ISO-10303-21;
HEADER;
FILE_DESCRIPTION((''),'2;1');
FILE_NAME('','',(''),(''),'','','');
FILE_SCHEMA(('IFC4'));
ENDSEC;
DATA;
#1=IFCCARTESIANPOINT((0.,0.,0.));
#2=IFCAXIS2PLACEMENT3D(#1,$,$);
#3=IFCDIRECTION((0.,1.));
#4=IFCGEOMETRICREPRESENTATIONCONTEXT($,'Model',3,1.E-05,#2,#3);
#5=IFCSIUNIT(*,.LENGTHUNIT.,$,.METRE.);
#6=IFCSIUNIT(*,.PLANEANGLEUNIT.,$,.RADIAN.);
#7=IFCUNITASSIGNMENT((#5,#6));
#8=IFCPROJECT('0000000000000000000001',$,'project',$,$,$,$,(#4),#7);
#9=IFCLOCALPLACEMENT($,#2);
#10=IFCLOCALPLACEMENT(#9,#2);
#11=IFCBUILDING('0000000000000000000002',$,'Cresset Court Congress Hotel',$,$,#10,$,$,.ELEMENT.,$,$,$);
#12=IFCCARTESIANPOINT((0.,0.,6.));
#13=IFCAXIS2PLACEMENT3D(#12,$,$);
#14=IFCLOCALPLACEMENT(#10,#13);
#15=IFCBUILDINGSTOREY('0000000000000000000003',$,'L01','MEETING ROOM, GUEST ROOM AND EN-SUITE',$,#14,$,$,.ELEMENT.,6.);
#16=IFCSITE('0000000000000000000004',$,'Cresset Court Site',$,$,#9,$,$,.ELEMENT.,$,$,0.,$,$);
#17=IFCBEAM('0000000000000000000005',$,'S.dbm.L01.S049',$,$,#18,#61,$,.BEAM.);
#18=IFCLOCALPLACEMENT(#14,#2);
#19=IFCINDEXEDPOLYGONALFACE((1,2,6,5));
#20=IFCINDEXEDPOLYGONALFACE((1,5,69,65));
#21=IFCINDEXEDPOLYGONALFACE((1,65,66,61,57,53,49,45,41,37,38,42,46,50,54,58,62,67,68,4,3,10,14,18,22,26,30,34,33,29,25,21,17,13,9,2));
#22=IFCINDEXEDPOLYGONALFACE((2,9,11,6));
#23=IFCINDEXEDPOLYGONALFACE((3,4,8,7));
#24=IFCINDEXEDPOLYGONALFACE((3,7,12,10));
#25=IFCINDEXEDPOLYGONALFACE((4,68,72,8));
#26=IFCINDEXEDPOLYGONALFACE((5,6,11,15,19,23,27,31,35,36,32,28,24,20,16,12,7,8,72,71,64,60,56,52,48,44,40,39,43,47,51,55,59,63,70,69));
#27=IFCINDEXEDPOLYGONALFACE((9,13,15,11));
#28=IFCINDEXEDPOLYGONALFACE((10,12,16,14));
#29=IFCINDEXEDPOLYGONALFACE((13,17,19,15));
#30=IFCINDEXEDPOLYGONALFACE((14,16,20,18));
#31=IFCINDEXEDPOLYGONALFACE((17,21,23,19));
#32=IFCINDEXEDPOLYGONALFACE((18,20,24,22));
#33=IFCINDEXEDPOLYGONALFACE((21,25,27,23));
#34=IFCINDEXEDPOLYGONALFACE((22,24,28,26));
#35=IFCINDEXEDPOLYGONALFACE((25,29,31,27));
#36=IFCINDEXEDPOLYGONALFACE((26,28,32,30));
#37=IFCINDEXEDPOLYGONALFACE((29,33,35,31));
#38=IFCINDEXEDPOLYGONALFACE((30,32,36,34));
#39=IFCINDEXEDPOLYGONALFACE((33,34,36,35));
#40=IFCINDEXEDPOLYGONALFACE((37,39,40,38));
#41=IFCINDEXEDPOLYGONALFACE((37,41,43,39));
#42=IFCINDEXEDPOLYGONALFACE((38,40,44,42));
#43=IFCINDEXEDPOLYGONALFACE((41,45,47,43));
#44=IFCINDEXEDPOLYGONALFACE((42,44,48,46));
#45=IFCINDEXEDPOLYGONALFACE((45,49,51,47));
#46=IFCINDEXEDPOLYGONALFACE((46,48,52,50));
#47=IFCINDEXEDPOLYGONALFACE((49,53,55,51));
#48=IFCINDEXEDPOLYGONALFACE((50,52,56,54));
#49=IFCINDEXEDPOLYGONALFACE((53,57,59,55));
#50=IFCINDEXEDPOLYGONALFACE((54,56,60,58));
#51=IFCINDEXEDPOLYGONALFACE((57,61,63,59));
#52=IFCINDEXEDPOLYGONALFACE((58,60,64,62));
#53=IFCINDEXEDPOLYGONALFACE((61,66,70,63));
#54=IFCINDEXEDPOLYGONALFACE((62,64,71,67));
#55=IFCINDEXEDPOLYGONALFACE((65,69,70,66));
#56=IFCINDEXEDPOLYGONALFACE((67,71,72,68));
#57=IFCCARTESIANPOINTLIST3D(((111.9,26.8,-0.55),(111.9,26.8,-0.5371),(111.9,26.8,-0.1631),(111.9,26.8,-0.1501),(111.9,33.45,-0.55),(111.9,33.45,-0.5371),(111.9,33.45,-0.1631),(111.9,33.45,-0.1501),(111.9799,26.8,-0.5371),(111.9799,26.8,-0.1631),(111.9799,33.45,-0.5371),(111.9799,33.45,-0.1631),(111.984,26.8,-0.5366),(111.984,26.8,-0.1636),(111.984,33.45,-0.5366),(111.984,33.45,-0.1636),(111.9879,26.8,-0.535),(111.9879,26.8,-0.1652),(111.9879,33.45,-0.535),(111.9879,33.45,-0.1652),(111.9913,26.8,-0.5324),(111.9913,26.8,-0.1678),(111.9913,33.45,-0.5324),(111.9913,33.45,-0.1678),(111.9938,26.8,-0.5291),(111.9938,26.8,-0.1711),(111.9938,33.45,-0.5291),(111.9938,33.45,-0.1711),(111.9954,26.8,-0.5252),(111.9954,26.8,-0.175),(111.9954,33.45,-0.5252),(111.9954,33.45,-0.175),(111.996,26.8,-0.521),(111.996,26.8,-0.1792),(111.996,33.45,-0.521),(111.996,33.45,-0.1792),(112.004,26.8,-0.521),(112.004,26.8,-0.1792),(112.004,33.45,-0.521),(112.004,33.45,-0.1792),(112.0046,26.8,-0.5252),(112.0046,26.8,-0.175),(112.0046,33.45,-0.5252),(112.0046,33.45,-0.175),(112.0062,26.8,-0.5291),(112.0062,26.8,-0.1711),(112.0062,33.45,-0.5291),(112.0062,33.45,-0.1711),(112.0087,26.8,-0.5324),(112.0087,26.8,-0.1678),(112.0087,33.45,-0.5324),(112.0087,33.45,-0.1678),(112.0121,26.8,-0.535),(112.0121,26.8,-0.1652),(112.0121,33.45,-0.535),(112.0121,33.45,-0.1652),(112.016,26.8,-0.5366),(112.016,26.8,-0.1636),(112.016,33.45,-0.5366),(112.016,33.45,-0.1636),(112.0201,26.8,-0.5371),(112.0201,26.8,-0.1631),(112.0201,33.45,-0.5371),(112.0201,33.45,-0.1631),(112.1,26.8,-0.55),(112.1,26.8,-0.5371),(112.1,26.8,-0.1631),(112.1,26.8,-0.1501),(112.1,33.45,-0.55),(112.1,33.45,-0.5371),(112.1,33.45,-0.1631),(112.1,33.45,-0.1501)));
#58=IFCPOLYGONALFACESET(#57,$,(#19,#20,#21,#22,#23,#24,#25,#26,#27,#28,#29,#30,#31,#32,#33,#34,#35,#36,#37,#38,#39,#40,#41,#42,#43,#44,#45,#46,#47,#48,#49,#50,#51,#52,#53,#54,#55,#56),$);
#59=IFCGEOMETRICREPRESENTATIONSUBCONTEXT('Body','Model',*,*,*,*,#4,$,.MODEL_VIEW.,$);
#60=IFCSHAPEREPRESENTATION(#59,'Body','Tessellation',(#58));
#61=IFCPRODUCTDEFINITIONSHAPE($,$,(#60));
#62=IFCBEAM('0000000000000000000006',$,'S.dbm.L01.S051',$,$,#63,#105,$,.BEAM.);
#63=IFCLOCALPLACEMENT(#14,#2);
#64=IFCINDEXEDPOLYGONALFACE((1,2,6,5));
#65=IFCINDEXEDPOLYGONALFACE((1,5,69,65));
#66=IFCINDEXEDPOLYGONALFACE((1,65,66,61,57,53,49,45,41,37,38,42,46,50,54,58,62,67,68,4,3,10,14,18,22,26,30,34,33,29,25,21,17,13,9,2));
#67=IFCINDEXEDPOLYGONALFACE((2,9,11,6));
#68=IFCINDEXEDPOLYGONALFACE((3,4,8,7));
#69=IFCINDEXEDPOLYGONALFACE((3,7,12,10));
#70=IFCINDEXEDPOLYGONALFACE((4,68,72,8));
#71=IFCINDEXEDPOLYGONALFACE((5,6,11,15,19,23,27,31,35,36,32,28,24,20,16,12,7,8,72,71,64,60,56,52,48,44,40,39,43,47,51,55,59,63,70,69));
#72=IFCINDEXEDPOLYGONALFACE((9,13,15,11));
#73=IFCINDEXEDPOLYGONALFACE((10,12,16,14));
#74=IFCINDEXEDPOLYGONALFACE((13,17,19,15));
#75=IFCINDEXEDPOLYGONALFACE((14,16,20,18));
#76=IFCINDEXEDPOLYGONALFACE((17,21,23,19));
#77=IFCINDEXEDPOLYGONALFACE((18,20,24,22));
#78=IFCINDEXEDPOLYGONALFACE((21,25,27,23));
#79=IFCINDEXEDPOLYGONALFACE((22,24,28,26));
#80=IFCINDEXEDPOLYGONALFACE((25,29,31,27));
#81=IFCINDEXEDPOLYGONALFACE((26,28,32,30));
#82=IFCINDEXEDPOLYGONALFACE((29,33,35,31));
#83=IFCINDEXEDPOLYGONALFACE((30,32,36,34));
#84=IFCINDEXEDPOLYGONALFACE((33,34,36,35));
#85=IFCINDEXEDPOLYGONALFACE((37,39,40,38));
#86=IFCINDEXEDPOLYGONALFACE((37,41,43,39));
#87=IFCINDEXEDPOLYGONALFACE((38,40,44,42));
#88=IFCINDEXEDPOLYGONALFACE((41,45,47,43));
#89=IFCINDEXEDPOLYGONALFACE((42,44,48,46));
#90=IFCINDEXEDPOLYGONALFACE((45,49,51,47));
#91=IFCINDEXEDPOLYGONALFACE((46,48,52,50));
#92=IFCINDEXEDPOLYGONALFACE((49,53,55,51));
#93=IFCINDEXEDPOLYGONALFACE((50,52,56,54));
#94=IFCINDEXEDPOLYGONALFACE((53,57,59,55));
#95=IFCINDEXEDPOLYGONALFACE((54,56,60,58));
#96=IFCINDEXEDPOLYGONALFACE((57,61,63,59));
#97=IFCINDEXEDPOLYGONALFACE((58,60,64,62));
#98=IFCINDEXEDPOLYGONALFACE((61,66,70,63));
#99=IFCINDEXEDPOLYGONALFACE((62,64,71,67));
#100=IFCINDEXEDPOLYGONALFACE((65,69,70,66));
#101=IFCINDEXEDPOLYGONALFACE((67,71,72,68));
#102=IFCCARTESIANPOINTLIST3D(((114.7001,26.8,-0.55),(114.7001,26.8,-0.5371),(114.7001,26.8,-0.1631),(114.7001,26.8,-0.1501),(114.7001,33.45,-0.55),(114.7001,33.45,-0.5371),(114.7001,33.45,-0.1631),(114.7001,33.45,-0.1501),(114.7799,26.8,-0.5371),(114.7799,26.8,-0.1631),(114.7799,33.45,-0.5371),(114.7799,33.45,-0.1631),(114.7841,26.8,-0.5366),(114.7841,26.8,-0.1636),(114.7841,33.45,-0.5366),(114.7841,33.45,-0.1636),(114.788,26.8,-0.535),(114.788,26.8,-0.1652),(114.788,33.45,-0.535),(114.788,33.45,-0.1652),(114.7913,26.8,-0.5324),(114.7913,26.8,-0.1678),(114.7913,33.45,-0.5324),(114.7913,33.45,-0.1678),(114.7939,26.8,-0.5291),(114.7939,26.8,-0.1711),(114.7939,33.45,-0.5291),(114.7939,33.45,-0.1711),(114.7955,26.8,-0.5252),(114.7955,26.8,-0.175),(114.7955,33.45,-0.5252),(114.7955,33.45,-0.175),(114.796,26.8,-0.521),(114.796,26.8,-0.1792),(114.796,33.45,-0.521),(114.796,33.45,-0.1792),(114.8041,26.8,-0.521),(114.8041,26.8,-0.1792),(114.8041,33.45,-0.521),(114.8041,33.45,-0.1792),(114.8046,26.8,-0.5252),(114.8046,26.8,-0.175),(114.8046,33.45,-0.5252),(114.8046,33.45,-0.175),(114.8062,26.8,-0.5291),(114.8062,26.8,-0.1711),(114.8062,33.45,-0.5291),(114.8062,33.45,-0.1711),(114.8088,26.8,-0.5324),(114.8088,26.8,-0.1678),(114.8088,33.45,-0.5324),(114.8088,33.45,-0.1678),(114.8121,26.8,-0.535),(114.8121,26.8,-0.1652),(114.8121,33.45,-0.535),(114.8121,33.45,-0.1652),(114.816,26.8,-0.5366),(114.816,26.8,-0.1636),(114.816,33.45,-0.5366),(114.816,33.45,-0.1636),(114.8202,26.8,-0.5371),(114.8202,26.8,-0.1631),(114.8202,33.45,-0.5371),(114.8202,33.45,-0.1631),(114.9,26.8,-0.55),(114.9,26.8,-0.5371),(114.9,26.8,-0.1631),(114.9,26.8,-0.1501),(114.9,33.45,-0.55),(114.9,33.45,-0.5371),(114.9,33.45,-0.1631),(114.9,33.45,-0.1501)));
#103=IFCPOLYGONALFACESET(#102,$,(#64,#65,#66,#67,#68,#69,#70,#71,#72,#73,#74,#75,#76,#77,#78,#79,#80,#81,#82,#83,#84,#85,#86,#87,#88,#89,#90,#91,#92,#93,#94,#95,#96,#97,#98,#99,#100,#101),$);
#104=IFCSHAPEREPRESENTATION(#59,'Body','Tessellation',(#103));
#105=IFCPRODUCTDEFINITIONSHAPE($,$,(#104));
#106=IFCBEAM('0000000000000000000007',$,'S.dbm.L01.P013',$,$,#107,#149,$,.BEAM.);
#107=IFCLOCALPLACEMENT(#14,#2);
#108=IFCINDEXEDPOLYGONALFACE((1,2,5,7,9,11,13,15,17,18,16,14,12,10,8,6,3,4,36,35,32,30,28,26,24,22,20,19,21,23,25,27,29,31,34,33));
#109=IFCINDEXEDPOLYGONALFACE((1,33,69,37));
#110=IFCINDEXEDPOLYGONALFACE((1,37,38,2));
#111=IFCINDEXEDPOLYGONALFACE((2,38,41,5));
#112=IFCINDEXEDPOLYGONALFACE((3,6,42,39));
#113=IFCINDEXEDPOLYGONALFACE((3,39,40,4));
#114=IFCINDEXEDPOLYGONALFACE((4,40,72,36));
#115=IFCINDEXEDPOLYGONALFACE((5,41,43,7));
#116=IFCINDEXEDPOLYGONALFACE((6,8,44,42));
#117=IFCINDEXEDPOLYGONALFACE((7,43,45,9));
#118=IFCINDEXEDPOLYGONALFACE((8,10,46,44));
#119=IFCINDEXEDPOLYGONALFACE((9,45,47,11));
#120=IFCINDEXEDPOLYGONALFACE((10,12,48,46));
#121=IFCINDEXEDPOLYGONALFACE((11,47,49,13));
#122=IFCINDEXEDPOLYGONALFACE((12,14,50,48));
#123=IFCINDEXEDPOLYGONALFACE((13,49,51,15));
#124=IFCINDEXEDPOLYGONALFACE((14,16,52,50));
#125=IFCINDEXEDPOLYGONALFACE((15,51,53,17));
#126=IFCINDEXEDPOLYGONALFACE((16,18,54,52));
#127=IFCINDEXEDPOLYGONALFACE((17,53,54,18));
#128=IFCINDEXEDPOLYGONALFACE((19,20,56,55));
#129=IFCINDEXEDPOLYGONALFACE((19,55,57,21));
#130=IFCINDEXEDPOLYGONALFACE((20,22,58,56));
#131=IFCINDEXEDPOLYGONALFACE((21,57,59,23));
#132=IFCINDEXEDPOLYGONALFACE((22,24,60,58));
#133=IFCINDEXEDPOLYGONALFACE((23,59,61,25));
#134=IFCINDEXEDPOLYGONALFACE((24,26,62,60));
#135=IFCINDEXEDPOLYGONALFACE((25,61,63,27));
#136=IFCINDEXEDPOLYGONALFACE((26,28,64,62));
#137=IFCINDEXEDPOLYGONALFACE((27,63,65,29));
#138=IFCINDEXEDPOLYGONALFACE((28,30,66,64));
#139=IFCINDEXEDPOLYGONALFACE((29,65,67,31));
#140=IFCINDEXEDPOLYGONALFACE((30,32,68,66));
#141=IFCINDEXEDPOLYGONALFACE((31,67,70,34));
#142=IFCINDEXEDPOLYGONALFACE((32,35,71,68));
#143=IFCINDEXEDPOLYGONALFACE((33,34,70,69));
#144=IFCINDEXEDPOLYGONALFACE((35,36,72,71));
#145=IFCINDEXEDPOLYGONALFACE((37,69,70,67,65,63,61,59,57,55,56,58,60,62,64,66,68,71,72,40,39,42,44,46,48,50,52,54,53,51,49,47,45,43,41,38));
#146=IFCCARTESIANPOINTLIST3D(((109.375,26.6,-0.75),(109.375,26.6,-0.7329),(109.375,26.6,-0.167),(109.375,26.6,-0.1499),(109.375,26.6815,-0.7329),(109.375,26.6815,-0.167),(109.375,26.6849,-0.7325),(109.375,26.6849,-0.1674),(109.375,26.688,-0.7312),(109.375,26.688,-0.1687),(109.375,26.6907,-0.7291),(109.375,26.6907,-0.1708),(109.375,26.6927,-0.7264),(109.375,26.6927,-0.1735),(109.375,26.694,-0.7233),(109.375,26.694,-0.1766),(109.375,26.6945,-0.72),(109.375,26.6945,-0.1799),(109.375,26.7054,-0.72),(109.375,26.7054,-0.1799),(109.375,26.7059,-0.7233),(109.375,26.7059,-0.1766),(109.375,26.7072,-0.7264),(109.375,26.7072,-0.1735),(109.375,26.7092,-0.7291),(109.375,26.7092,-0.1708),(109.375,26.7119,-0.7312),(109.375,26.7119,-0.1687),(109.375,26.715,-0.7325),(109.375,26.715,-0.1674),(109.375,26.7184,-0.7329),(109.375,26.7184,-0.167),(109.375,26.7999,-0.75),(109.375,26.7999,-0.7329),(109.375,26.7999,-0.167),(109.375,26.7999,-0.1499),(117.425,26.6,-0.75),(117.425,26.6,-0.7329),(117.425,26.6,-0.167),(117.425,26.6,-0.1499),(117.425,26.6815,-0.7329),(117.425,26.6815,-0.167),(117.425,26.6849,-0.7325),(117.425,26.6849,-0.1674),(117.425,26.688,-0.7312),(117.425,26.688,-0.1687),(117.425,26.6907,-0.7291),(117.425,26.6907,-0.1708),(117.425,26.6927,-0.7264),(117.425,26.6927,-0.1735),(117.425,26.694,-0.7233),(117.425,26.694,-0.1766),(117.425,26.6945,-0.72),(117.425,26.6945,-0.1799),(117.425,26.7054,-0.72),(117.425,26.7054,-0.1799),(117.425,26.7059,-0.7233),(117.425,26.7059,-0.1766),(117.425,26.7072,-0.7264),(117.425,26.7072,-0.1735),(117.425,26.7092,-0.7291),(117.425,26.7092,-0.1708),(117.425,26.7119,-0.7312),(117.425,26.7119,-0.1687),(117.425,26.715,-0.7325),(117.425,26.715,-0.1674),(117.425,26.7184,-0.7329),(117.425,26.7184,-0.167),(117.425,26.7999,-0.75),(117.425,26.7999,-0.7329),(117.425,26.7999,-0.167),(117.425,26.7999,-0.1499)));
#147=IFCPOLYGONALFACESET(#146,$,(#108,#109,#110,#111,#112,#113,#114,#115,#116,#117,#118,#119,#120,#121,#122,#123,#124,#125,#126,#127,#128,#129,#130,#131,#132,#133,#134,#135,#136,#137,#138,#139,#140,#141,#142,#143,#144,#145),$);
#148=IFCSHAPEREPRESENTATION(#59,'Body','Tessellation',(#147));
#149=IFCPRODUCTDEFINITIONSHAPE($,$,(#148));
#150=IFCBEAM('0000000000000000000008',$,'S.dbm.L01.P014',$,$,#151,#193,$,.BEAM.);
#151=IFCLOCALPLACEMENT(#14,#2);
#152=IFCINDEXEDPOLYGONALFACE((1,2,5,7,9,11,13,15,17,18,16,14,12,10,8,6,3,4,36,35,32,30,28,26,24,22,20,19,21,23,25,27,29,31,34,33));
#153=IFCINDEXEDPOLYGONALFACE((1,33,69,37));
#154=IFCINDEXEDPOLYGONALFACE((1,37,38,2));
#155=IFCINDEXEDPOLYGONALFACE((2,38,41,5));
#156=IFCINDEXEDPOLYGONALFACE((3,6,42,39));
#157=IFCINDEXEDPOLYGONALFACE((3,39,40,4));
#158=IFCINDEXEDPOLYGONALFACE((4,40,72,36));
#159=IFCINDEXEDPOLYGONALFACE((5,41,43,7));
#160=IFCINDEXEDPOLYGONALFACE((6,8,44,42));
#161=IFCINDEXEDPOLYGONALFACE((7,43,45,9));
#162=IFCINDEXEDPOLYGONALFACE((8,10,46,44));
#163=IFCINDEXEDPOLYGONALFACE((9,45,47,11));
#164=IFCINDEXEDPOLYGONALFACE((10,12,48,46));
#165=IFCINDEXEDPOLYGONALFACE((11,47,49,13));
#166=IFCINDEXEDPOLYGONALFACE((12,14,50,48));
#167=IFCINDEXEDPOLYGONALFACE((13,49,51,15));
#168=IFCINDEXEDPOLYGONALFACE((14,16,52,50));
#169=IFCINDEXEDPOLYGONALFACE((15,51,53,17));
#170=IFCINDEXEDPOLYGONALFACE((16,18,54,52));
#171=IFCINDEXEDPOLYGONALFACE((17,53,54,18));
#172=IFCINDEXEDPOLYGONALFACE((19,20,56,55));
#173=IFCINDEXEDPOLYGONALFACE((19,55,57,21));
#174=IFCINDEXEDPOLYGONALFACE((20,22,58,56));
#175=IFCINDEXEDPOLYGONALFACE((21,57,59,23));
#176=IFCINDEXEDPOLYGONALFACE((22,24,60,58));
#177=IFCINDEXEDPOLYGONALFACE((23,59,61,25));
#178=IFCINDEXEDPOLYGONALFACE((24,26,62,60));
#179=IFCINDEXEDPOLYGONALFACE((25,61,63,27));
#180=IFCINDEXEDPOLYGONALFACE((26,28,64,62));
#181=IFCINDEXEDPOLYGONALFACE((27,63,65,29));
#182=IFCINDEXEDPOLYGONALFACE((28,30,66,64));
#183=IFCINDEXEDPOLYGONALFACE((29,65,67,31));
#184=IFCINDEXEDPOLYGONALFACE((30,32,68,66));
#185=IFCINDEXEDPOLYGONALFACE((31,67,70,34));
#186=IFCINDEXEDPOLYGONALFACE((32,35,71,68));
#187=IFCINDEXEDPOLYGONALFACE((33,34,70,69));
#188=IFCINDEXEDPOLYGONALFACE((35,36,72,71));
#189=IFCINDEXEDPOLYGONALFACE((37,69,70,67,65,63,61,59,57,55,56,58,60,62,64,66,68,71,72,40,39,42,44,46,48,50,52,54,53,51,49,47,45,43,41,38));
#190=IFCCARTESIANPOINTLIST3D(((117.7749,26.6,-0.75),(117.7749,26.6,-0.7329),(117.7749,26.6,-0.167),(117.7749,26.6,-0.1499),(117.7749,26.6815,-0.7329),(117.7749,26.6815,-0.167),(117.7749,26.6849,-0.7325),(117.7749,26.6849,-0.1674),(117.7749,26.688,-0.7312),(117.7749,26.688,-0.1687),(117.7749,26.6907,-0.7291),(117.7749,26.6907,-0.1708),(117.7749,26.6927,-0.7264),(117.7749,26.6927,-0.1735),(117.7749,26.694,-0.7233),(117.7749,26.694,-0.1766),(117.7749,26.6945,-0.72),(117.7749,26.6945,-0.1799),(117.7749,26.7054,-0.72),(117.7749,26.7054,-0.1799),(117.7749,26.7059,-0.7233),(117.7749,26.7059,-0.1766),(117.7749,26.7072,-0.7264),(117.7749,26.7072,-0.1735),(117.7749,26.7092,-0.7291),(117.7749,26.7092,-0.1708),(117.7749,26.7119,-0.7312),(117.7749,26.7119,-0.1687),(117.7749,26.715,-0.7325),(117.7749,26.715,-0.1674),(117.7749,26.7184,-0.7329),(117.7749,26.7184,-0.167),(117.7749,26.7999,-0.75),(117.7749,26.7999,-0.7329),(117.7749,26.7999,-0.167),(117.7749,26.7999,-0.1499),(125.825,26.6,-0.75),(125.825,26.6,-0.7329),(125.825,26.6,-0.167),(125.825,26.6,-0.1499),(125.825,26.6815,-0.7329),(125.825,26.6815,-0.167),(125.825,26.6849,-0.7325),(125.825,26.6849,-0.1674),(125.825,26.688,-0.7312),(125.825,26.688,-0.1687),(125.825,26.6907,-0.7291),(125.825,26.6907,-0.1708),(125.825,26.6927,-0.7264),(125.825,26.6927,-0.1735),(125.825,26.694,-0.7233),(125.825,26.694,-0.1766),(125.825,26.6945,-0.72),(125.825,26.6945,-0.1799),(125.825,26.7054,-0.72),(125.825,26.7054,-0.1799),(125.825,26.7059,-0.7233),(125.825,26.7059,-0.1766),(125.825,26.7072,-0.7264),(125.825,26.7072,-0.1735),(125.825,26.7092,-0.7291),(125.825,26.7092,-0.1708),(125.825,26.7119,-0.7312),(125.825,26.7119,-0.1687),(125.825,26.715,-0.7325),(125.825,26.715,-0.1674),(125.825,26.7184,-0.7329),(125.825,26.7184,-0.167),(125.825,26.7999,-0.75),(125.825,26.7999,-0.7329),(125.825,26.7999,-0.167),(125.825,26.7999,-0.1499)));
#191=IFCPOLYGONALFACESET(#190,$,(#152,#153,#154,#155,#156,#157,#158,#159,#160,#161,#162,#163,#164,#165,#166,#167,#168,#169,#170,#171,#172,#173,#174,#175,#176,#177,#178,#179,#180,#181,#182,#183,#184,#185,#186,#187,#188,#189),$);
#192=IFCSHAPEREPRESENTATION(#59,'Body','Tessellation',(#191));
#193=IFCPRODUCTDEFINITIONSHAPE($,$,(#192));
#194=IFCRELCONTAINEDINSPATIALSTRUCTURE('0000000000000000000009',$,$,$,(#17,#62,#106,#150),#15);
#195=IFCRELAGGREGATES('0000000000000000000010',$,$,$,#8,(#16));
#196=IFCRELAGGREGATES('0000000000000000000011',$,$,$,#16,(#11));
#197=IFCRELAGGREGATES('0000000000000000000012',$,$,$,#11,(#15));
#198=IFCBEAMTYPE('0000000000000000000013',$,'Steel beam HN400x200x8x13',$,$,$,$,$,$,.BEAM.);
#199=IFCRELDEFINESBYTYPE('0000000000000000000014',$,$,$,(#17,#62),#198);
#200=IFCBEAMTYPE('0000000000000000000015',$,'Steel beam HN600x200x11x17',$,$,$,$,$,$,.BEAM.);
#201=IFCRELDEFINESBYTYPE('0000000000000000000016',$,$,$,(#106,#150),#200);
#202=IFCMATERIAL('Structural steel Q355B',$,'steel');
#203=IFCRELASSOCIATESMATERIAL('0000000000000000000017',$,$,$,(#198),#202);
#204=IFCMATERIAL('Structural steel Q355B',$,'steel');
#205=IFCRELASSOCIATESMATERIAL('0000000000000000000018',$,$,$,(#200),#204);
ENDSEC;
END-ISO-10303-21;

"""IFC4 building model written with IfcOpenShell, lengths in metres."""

from ifc_helpers import new_model, si_unit, direction, frame, origin, origin_2d, place, context, subcontext, project, spatial, i_section, extrude, material, material_profile, profile_set, type_object, element, save


model = new_model("IFC4")

# Units and contexts
model_context = context("Model", 3, precision=1e-05, world=origin(), true_north=direction((0.0, 1.0)))
body_context = subcontext(model_context, "Body", "Model", "MODEL_VIEW")
ifc_project = project(units=[si_unit("LENGTHUNIT", "METRE"), si_unit("PLANEANGLEUNIT", "RADIAN")], contexts=[model_context])

# Site, building, storey
site_placement = place(None, origin())
site = spatial("IfcSite", under=ifc_project, at=site_placement, Name="Cresset Court Site", CompositionType="ELEMENT", RefElevation=0.0)
building_placement = place(site_placement, origin())
building = spatial("IfcBuilding", under=site, at=building_placement, Name="Cresset Court Congress Hotel", CompositionType="ELEMENT")
storey_placement = place(building_placement, frame((0.0, 0.0, 6.0)))
storey = spatial("IfcBuildingStorey", under=building, at=storey_placement, Name="L01", Description="MEETING ROOM, GUEST ROOM AND EN-SUITE", CompositionType="ELEMENT", Elevation=6.0)

# Beams
ifc_material_1 = material(Name="Structural steel Q355B", Category="steel")
ifc_material_profile_1 = material_profile(ifc_material_1, i_section(OverallWidth=0.2, OverallDepth=0.3999, WebThickness=0.0081, FlangeThickness=0.0129, FilletRadius=0.0161, at=origin_2d()), Name="HN400x200x8x13")
ifc_profile_set_1 = profile_set([ifc_material_profile_1], Name="Structural steel Q355B")
beam_type_1 = type_object("IfcBeamType", Name="Steel beam HN400x200x8x13", PredefinedType="BEAM", material=ifc_profile_set_1)
for number, where, z_axis, x_axis, name in (
    (1, (112.0, 26.8, -0.3501), (0.0, 1.0, 0.0), (-1.0, 0.0, 0.0), "S.dbm.L01.S049"),
    (2, (114.8, 26.8, -0.3501), (0.0, 1.0, 0.0), (-1.0, 0.0, 0.0), "S.dbm.L01.S051"),
):
    element("IfcBeam", number, at=place(storey_placement, frame(where, z_axis=z_axis, x_axis=x_axis)), inside=storey, type_object=beam_type_1, Name=name, PredefinedType="BEAM", context=body_context, shape_type="SweptSolid", body=[
        extrude(i_section(OverallWidth=0.2, OverallDepth=0.3999, WebThickness=0.0081, FlangeThickness=0.0129, FilletRadius=0.0161, at=origin_2d()), origin(), (0.0, 0.0, 1.0), 6.6499),
    ])
ifc_material_2 = material(Name="Structural steel Q355B", Category="steel")
ifc_material_profile_2 = material_profile(ifc_material_2, i_section(OverallWidth=0.2, OverallDepth=0.6001, WebThickness=0.011, FlangeThickness=0.0171, FilletRadius=0.0129, at=origin_2d()), Name="HN600x200x11x17")
ifc_profile_set_2 = profile_set([ifc_material_profile_2], Name="Structural steel Q355B")
beam_type_2 = type_object("IfcBeamType", Name="Steel beam HN600x200x11x17", PredefinedType="BEAM", material=ifc_profile_set_2)
for number, where, z_axis, x_axis, name in (
    (3, (109.375, 26.7, -0.45), (1.0, 0.0, 0.0), (0.0, 1.0, 0.0), "S.dbm.L01.P013"),
    (4, (117.7749, 26.7, -0.45), (1.0, 0.0, 0.0), (0.0, 1.0, 0.0), "S.dbm.L01.P014"),
):
    element("IfcBeam", number, at=place(storey_placement, frame(where, z_axis=z_axis, x_axis=x_axis)), inside=storey, type_object=beam_type_2, Name=name, PredefinedType="BEAM", context=body_context, shape_type="SweptSolid", body=[
        extrude(i_section(OverallWidth=0.2, OverallDepth=0.6001, WebThickness=0.011, FlangeThickness=0.0171, FilletRadius=0.0129, at=origin_2d()), origin(), (0.0, 0.0, 1.0), 8.05),
    ])

save(model, "model.ifc")
